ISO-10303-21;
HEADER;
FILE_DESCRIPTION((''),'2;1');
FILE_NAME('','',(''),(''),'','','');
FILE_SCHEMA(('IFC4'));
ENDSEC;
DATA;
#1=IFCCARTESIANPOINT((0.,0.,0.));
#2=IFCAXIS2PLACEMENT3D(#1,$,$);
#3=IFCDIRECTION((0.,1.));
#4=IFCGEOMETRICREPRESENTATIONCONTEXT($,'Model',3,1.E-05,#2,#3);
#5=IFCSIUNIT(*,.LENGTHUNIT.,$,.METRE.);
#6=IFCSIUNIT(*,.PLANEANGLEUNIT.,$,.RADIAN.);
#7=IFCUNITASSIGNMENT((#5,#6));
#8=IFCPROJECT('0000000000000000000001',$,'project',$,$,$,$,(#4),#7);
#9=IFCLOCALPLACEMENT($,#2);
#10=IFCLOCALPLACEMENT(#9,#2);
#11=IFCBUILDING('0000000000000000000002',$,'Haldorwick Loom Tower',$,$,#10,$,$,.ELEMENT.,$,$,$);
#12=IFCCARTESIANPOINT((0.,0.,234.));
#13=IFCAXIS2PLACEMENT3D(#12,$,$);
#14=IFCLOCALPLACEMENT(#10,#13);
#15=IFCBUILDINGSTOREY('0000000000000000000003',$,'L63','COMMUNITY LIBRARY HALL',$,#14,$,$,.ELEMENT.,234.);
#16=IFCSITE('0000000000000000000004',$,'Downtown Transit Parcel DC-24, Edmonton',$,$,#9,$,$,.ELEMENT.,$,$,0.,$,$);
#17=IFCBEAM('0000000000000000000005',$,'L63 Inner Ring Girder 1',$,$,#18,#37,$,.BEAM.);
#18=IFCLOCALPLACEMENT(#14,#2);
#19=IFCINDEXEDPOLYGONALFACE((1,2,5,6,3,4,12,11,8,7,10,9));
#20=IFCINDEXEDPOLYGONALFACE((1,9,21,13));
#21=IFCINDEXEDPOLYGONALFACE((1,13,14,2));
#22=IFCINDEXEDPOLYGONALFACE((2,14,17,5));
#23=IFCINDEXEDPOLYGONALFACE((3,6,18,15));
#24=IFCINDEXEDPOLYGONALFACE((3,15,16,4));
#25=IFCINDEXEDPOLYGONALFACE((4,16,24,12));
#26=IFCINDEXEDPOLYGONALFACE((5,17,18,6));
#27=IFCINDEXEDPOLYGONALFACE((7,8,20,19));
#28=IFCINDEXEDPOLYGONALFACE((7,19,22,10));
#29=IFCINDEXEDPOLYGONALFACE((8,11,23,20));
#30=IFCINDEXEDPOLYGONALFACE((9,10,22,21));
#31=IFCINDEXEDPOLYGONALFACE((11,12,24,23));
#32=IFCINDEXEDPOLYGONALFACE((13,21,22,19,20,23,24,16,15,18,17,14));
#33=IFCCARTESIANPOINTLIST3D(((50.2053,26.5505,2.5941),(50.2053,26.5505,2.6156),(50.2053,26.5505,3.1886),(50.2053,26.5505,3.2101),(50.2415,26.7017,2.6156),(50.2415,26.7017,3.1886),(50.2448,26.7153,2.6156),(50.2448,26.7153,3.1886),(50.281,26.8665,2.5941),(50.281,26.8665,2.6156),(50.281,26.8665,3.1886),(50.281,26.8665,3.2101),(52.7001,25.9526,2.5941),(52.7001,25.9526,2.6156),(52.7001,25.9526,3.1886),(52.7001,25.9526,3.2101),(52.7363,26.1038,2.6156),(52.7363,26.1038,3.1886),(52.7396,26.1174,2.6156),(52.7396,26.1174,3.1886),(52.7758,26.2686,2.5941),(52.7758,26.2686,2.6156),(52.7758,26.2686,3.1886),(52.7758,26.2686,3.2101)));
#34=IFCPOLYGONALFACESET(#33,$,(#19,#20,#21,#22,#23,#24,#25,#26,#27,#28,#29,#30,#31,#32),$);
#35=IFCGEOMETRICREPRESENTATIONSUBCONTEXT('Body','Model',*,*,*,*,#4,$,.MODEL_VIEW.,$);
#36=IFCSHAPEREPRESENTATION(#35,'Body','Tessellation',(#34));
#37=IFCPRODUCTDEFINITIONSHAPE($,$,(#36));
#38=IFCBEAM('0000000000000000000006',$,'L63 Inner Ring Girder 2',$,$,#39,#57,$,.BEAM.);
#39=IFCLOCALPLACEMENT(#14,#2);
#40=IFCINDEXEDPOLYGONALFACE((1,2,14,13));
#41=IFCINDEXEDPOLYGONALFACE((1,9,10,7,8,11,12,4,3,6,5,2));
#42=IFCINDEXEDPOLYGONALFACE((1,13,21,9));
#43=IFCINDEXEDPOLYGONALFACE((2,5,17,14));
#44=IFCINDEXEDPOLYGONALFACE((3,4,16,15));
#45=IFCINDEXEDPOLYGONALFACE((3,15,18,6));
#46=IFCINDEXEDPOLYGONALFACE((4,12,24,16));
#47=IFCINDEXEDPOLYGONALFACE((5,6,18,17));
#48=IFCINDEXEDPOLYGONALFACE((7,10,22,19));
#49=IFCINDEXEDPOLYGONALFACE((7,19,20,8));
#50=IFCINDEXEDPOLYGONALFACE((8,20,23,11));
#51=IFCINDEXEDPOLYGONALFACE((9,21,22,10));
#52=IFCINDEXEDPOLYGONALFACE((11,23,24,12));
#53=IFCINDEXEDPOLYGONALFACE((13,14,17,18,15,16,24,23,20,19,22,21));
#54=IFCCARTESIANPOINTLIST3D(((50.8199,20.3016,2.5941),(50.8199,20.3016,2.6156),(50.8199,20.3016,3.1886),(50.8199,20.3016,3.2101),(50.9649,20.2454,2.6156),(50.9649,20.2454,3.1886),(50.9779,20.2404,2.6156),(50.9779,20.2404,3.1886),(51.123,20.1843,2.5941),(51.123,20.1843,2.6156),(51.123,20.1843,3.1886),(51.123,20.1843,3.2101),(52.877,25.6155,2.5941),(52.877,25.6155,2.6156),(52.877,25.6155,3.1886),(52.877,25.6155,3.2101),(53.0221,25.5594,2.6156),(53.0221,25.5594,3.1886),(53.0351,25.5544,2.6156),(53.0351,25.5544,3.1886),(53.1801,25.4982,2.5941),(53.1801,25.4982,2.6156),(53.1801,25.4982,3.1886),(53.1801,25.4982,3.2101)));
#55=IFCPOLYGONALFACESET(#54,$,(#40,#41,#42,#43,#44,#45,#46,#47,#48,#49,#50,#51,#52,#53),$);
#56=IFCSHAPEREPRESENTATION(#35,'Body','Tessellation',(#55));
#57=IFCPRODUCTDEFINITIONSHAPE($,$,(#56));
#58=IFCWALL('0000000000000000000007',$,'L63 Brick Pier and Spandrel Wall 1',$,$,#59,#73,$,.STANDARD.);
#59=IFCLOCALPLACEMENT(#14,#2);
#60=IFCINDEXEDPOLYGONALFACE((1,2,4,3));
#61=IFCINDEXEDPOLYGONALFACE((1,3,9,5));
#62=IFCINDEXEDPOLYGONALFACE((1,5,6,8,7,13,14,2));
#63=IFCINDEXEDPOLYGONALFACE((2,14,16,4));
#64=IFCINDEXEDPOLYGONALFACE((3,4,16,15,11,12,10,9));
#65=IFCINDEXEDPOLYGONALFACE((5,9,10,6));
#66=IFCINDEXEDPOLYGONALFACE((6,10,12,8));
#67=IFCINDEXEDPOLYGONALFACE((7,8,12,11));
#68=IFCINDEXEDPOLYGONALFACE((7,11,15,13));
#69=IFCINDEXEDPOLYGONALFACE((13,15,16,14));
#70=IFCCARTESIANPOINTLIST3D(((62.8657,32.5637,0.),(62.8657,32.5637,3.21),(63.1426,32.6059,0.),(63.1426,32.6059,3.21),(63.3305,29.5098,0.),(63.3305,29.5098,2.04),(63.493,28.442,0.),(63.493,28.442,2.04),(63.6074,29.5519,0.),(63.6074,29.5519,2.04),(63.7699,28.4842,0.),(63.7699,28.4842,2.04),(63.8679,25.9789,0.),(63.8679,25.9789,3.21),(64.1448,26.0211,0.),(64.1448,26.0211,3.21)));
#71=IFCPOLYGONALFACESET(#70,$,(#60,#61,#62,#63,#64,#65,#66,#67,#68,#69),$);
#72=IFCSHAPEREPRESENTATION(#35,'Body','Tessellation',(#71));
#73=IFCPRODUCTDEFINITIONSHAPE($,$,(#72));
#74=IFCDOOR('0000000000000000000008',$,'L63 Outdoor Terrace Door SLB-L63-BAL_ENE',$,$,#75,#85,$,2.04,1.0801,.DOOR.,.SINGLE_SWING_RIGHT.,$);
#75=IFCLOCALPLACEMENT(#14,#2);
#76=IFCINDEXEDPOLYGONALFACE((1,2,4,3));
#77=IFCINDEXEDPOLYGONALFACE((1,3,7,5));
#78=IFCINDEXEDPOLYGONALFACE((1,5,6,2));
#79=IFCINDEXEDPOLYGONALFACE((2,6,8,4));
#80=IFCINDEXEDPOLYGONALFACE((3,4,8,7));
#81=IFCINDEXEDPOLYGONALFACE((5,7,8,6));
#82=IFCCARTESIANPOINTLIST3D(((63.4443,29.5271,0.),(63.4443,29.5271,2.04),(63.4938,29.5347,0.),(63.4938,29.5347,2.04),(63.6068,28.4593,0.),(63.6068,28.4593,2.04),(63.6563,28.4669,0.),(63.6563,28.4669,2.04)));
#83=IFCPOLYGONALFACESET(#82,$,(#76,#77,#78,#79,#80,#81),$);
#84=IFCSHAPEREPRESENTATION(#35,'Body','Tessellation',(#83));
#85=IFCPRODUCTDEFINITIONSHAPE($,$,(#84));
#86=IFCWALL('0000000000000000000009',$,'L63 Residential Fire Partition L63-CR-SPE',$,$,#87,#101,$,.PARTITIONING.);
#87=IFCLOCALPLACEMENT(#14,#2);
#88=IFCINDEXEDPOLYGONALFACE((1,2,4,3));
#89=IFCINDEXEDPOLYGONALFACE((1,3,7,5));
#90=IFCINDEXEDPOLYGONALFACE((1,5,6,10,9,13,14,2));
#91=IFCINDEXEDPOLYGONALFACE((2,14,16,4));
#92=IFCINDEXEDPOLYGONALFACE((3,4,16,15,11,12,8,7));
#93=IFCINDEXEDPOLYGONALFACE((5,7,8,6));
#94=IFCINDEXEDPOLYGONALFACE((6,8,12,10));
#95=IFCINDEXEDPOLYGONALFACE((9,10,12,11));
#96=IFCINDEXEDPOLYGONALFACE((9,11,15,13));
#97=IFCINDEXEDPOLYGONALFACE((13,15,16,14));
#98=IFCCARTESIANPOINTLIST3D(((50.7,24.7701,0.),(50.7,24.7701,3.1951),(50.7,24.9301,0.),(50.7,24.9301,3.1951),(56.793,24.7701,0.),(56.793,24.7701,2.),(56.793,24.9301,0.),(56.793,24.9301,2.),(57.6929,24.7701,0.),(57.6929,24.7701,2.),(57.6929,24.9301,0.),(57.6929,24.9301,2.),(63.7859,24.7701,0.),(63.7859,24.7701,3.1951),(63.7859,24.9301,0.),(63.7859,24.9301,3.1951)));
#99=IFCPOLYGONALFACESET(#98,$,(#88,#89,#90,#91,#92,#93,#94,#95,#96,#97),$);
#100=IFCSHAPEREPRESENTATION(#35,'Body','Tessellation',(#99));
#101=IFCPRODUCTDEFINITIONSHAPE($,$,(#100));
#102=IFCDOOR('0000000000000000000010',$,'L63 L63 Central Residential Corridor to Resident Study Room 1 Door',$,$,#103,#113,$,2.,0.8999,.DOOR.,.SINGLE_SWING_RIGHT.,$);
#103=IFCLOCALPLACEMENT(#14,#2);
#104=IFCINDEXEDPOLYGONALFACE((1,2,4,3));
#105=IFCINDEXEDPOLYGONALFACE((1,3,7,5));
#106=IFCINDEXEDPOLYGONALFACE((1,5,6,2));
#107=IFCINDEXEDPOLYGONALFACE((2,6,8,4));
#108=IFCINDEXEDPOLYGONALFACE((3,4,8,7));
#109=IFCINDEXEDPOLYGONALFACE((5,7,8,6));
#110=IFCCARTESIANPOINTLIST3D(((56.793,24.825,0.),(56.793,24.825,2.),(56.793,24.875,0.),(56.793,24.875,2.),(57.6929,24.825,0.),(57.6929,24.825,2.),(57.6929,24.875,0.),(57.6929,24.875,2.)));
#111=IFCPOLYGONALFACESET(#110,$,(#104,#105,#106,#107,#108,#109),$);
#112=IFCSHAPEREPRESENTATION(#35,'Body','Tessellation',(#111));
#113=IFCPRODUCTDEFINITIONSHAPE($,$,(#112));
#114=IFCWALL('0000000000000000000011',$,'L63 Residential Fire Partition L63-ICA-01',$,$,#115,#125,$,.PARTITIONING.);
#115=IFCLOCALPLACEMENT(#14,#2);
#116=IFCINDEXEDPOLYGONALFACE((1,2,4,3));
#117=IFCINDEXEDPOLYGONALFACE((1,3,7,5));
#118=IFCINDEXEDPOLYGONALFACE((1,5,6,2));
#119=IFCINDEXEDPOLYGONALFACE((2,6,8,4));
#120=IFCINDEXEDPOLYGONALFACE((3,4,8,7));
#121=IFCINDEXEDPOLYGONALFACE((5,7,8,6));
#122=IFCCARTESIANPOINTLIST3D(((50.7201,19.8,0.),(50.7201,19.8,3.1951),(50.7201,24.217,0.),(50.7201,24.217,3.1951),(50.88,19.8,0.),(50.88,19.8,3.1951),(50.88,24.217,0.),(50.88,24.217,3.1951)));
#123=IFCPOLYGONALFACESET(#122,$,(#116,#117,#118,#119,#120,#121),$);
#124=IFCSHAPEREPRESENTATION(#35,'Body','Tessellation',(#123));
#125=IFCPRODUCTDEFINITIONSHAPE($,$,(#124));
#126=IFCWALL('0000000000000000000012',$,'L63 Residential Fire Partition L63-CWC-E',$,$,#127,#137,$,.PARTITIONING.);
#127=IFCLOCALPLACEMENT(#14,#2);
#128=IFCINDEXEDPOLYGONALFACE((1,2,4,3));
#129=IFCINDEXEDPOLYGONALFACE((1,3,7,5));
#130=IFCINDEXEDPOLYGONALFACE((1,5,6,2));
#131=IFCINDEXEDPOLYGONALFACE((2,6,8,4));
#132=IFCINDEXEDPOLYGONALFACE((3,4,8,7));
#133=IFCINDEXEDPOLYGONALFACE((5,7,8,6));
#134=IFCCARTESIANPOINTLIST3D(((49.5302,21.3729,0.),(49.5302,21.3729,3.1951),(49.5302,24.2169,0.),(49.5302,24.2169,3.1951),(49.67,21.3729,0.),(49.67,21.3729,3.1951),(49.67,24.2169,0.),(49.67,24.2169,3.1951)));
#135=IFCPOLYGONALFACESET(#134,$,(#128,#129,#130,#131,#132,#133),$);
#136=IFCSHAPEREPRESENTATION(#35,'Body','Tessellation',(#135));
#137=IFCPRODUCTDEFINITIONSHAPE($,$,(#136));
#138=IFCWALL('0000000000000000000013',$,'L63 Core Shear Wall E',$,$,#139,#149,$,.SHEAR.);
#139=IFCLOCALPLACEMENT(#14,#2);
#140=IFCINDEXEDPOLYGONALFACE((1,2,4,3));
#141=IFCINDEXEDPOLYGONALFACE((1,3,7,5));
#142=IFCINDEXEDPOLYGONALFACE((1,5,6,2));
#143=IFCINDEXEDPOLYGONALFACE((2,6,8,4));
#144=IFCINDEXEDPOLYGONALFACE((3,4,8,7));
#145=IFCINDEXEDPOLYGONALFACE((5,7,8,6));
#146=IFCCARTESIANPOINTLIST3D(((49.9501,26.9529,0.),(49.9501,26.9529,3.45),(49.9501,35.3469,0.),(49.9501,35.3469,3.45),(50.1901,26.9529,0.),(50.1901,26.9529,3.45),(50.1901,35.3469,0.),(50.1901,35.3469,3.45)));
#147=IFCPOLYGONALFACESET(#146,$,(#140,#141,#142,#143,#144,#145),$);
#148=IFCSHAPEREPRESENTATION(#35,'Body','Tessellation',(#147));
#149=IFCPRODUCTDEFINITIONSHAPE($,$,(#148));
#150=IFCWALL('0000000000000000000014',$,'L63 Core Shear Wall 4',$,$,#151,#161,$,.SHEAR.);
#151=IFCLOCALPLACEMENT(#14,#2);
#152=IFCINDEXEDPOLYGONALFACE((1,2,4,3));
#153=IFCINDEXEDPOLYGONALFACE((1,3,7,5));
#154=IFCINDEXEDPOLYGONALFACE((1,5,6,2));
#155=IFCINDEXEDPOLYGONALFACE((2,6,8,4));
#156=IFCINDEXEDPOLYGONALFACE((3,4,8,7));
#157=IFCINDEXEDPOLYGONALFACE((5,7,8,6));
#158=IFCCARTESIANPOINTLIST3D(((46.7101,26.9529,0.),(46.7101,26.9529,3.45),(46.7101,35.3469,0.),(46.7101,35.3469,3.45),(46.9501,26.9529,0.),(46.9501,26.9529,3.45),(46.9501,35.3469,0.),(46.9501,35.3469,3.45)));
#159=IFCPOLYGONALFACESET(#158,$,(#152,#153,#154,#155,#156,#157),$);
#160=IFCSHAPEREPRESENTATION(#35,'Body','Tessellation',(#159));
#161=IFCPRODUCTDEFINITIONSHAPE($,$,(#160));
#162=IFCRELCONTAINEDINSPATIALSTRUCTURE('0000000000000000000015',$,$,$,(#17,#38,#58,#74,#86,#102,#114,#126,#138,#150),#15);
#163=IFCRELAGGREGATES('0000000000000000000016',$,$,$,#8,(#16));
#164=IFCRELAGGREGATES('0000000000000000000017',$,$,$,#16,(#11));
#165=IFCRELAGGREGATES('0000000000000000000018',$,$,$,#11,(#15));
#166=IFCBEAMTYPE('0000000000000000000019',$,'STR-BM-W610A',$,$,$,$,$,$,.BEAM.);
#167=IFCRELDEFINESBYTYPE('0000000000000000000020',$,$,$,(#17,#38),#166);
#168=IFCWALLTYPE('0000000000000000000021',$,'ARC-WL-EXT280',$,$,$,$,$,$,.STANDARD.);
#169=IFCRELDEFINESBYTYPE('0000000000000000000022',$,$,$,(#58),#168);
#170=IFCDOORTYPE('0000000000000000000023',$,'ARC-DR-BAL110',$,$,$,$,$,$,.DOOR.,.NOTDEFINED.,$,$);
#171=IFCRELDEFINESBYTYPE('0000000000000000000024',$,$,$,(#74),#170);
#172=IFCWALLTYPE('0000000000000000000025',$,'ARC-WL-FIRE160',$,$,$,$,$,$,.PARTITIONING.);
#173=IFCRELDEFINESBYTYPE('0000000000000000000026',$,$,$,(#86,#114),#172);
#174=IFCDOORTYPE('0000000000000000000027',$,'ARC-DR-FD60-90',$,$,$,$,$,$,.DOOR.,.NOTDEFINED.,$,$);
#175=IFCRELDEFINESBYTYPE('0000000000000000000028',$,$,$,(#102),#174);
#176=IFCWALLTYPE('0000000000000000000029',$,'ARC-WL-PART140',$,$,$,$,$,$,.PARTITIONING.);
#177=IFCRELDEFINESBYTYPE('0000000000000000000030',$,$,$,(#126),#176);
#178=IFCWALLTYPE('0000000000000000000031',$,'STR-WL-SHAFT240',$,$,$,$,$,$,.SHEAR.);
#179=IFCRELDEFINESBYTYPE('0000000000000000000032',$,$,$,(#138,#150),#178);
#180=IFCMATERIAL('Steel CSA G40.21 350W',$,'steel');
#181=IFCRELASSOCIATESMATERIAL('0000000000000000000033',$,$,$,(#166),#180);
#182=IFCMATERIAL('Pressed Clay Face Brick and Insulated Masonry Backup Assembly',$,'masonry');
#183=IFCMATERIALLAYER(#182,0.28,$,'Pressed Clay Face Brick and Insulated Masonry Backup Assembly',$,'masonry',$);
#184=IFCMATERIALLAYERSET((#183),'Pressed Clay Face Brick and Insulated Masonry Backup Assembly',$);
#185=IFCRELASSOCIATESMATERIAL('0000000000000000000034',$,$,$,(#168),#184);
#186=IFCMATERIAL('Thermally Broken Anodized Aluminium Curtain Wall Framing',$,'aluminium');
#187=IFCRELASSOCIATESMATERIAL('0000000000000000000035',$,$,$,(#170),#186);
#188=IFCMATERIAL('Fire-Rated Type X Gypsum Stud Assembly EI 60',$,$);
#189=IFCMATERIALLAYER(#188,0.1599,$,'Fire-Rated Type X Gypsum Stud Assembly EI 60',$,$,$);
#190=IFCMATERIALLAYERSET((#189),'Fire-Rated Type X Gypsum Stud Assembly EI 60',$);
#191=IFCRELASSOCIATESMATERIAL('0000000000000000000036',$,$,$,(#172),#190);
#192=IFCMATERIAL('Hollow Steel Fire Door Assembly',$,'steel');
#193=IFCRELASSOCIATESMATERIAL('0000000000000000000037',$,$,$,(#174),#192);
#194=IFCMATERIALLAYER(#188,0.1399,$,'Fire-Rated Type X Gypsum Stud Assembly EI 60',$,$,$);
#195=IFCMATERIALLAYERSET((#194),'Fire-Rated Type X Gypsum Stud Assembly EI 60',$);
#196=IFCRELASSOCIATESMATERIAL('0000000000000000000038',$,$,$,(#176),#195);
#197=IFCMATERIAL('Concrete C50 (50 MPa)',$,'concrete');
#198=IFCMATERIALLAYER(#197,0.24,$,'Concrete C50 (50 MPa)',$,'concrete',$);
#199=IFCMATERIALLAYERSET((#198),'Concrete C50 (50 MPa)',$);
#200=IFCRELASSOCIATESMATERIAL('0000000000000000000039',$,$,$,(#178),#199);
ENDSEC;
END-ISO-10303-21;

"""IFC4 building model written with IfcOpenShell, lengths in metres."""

from ifc_helpers import new_model, si_unit, direction, frame, frame_2d, origin, origin_2d, place, context, subcontext, project, spatial, rectangle, i_section, extrude, material, layer, layer_set, material_profile, profile_set, type_object, element, fill, save


model = new_model("IFC4")

# Units and contexts
model_context = context("Model", 3, precision=1e-05, world=origin(), true_north=direction((0.0, 1.0)))
body_context = subcontext(model_context, "Body", "Model", "MODEL_VIEW")
ifc_project = project(units=[si_unit("LENGTHUNIT", "METRE"), si_unit("PLANEANGLEUNIT", "RADIAN")], contexts=[model_context])

# Site, building, storey
site_placement = place(None, origin())
site = spatial("IfcSite", under=ifc_project, at=site_placement, Name="Downtown Transit Parcel DC-24, Edmonton", CompositionType="ELEMENT", RefElevation=0.0)
building_placement = place(site_placement, origin())
building = spatial("IfcBuilding", under=site, at=building_placement, Name="Haldorwick Loom Tower", CompositionType="ELEMENT")
storey_placement = place(building_placement, frame((0.0, 0.0, 234.0)))
storey = spatial("IfcBuildingStorey", under=building, at=storey_placement, Name="L63", Description="COMMUNITY LIBRARY HALL", CompositionType="ELEMENT", Elevation=234.0)

# Shared definitions
ifc_material_1 = material(Name="Steel CSA G40.21 350W", Category="steel")

# Beams
ifc_material_profile_1 = material_profile(ifc_material_1, i_section(OverallWidth=0.325, OverallDepth=0.616, WebThickness=0.0139, FlangeThickness=0.0215, at=origin_2d()), Name="W610X174", Category="steel")
ifc_profile_set_1 = profile_set([ifc_material_profile_1], Name="Steel CSA G40.21 350W")
beam_type_1 = type_object("IfcBeamType", Name="STR-BM-W610A", PredefinedType="BEAM", material=ifc_profile_set_1)
beam_1_placement = place(storey_placement, frame((50.2432, 26.7085, 2.9021), z_axis=(0.972464, -0.233053, 0.0), x_axis=(0.233053, 0.972464, 0.0)))
element("IfcBeam", 1, at=beam_1_placement, inside=storey, type_object=beam_type_1, Name="L63 Inner Ring Girder 1", PredefinedType="BEAM", context=body_context, shape_type="SweptSolid", body=[
    extrude(i_section(OverallWidth=0.325, OverallDepth=0.616, WebThickness=0.0139, FlangeThickness=0.0215, at=origin_2d()), origin(), (0.0, 0.0, 1.0), 2.5654),
])
beam_2_placement = place(storey_placement, frame((53.0286, 25.5569, 2.9021), z_axis=(-0.361011, -0.932562, 0.0), x_axis=(0.932562, -0.361011, 0.0)))
element("IfcBeam", 2, at=beam_2_placement, inside=storey, type_object=beam_type_1, Name="L63 Inner Ring Girder 2", PredefinedType="BEAM", context=body_context, shape_type="SweptSolid", body=[
    extrude(i_section(OverallWidth=0.325, OverallDepth=0.616, WebThickness=0.0139, FlangeThickness=0.0215, at=origin_2d()), origin(), (0.0, 0.0, 1.0), 5.6982),
])

# Walls, openings, doors
ifc_material_2 = material(Name="Pressed Clay Face Brick and Insulated Masonry Backup Assembly", Category="masonry")
ifc_layer_1 = layer(ifc_material_2, 0.28, Name="Pressed Clay Face Brick and Insulated Masonry Backup Assembly", Category="masonry")
ifc_layer_set_1 = layer_set([ifc_layer_1], Name="Pressed Clay Face Brick and Insulated Masonry Backup Assembly")
wall_type_1 = type_object("IfcWallType", Name="ARC-WL-EXT280", PredefinedType="STANDARD", material=ifc_layer_set_1)
wall_1_placement = place(storey_placement, frame((64.0063, 26.0, 0.0), z_axis=(0.0, 0.0, 1.0), x_axis=(-0.150468, 0.988615, 0.0)))
wall_1 = element("IfcWall", 3, at=wall_1_placement, inside=storey, type_object=wall_type_1, Name="L63 Brick Pier and Spandrel Wall 1", PredefinedType="STANDARD", context=body_context, shape_type="SweptSolid", body=[
    extrude(rectangle(XDim=6.6606, YDim=0.28, at=frame_2d((3.3303, 0.0))), origin(), (0.0, 0.0, 1.0), 3.21),
])
opening_1_placement = place(wall_1_placement, frame((2.4915, 0.0, 0.0)))
opening_1 = element("IfcOpeningElement", 4, at=opening_1_placement, cuts=wall_1, PredefinedType="OPENING", context=body_context, shape_type="SweptSolid", body=[
    extrude(rectangle(XDim=1.0801, YDim=2.04, at=frame_2d((0.54, 1.02))), frame((0.0, 0.1499, 0.0), z_axis=(0.0, -1.0, 0.0), x_axis=(1.0, 0.0, 0.0)), (0.0, 0.0, 1.0), 0.3),
])
ifc_material_3 = material(Name="Thermally Broken Anodized Aluminium Curtain Wall Framing", Category="aluminium")
door_type_1 = type_object("IfcDoorType", Name="ARC-DR-BAL110", OperationType="NOTDEFINED", PredefinedType="DOOR", material=ifc_material_3)
door_1_placement = place(opening_1_placement, origin())
door_1 = element("IfcDoor", 5, at=door_1_placement, inside=storey, type_object=door_type_1, Name="L63 Outdoor Terrace Door SLB-L63-BAL_ENE", OperationType="SINGLE_SWING_RIGHT", OverallHeight=2.04, OverallWidth=1.0801, PredefinedType="DOOR", context=body_context, shape_type="SweptSolid", body=[
    extrude(rectangle(XDim=1.0801, YDim=2.04, at=frame_2d((0.54, 1.02))), frame((0.0, 0.0249, 0.0), z_axis=(0.0, -1.0, 0.0), x_axis=(1.0, 0.0, 0.0)), (0.0, 0.0, 1.0), 0.05),
])
fill(opening_1, door_1)
ifc_material_4 = material(Name="Fire-Rated Type X Gypsum Stud Assembly EI 60")
ifc_layer_2 = layer(ifc_material_4, 0.1599, Name="Fire-Rated Type X Gypsum Stud Assembly EI 60")
ifc_layer_set_2 = layer_set([ifc_layer_2], Name="Fire-Rated Type X Gypsum Stud Assembly EI 60")
wall_type_2 = type_object("IfcWallType", Name="ARC-WL-FIRE160", PredefinedType="PARTITIONING", material=ifc_layer_set_2)
wall_2_placement = place(storey_placement, frame((50.7, 24.8501, 0.0), z_axis=(0.0, 0.0, 1.0), x_axis=(1.0, 0.0, 0.0)))
wall_2 = element("IfcWall", 6, at=wall_2_placement, inside=storey, type_object=wall_type_2, Name="L63 Residential Fire Partition L63-CR-SPE", PredefinedType="PARTITIONING", context=body_context, shape_type="SweptSolid", body=[
    extrude(rectangle(XDim=13.0859, YDim=0.1599, at=frame_2d((6.543, 0.0))), origin(), (0.0, 0.0, 1.0), 3.1951),
])
opening_2_placement = place(wall_2_placement, frame((6.093, 0.0, 0.0)))
opening_2 = element("IfcOpeningElement", 7, at=opening_2_placement, cuts=wall_2, PredefinedType="OPENING", context=body_context, shape_type="SweptSolid", body=[
    extrude(rectangle(XDim=0.8999, YDim=2.0, at=frame_2d((0.45, 1.0))), frame((0.0, 0.0898, 0.0), z_axis=(0.0, -1.0, 0.0), x_axis=(1.0, 0.0, 0.0)), (0.0, 0.0, 1.0), 0.1799),
])
ifc_material_5 = material(Name="Hollow Steel Fire Door Assembly", Category="steel")
door_type_2 = type_object("IfcDoorType", Name="ARC-DR-FD60-90", OperationType="NOTDEFINED", PredefinedType="DOOR", material=ifc_material_5)
door_2_placement = place(opening_2_placement, origin())
door_2 = element("IfcDoor", 8, at=door_2_placement, inside=storey, type_object=door_type_2, Name="L63 L63 Central Residential Corridor to Resident Study Room 1 Door", OperationType="SINGLE_SWING_RIGHT", OverallHeight=2.0, OverallWidth=0.8999, PredefinedType="DOOR", context=body_context, shape_type="SweptSolid", body=[
    extrude(rectangle(XDim=0.8999, YDim=2.0, at=frame_2d((0.45, 1.0))), frame((0.0, 0.0249, 0.0), z_axis=(0.0, -1.0, 0.0), x_axis=(1.0, 0.0, 0.0)), (0.0, 0.0, 1.0), 0.05),
])
fill(opening_2, door_2)

# Walls
wall_3_placement = place(storey_placement, frame((50.8, 24.217, 0.0), z_axis=(0.0, 0.0, 1.0), x_axis=(0.0, -1.0, 0.0)))
element("IfcWall", 9, at=wall_3_placement, inside=storey, type_object=wall_type_2, Name="L63 Residential Fire Partition L63-ICA-01", PredefinedType="PARTITIONING", context=body_context, shape_type="SweptSolid", body=[
    extrude(rectangle(XDim=4.417, YDim=0.1599, at=frame_2d((2.2085, 0.0))), origin(), (0.0, 0.0, 1.0), 3.1951),
])
ifc_layer_3 = layer(ifc_material_4, 0.1399, Name="Fire-Rated Type X Gypsum Stud Assembly EI 60")
ifc_layer_set_3 = layer_set([ifc_layer_3], Name="Fire-Rated Type X Gypsum Stud Assembly EI 60")
wall_type_3 = type_object("IfcWallType", Name="ARC-WL-PART140", PredefinedType="PARTITIONING", material=ifc_layer_set_3)
wall_4_placement = place(storey_placement, frame((49.6001, 21.373, 0.0), z_axis=(0.0, 0.0, 1.0), x_axis=(0.0, 1.0, 0.0)))
element("IfcWall", 10, at=wall_4_placement, inside=storey, type_object=wall_type_3, Name="L63 Residential Fire Partition L63-CWC-E", PredefinedType="PARTITIONING", context=body_context, shape_type="SweptSolid", body=[
    extrude(rectangle(XDim=2.844, YDim=0.1399, at=frame_2d((1.4219, 0.0))), origin(), (0.0, 0.0, 1.0), 3.1951),
])
ifc_material_6 = material(Name="Concrete C50 (50 MPa)", Category="concrete")
ifc_layer_4 = layer(ifc_material_6, 0.24, Name="Concrete C50 (50 MPa)", Category="concrete")
ifc_layer_set_4 = layer_set([ifc_layer_4], Name="Concrete C50 (50 MPa)")
wall_type_4 = type_object("IfcWallType", Name="STR-WL-SHAFT240", PredefinedType="SHEAR", material=ifc_layer_set_4)
for number, where, z_axis, x_axis, name in (
    (11, (50.0701, 26.9529, 0.0), (0.0, 0.0, 1.0), (0.0, 1.0, 0.0), "L63 Core Shear Wall E"),
    (12, (46.8301, 26.9529, 0.0), (0.0, 0.0, 1.0), (0.0, 1.0, 0.0), "L63 Core Shear Wall 4"),
):
    element("IfcWall", number, at=place(storey_placement, frame(where, z_axis=z_axis, x_axis=x_axis)), inside=storey, type_object=wall_type_4, Name=name, PredefinedType="SHEAR", context=body_context, shape_type="SweptSolid", body=[
        extrude(rectangle(XDim=8.394, YDim=0.24, at=frame_2d((4.197, 0.0))), origin(), (0.0, 0.0, 1.0), 3.45),
    ])

save(model, "model.ifc")
